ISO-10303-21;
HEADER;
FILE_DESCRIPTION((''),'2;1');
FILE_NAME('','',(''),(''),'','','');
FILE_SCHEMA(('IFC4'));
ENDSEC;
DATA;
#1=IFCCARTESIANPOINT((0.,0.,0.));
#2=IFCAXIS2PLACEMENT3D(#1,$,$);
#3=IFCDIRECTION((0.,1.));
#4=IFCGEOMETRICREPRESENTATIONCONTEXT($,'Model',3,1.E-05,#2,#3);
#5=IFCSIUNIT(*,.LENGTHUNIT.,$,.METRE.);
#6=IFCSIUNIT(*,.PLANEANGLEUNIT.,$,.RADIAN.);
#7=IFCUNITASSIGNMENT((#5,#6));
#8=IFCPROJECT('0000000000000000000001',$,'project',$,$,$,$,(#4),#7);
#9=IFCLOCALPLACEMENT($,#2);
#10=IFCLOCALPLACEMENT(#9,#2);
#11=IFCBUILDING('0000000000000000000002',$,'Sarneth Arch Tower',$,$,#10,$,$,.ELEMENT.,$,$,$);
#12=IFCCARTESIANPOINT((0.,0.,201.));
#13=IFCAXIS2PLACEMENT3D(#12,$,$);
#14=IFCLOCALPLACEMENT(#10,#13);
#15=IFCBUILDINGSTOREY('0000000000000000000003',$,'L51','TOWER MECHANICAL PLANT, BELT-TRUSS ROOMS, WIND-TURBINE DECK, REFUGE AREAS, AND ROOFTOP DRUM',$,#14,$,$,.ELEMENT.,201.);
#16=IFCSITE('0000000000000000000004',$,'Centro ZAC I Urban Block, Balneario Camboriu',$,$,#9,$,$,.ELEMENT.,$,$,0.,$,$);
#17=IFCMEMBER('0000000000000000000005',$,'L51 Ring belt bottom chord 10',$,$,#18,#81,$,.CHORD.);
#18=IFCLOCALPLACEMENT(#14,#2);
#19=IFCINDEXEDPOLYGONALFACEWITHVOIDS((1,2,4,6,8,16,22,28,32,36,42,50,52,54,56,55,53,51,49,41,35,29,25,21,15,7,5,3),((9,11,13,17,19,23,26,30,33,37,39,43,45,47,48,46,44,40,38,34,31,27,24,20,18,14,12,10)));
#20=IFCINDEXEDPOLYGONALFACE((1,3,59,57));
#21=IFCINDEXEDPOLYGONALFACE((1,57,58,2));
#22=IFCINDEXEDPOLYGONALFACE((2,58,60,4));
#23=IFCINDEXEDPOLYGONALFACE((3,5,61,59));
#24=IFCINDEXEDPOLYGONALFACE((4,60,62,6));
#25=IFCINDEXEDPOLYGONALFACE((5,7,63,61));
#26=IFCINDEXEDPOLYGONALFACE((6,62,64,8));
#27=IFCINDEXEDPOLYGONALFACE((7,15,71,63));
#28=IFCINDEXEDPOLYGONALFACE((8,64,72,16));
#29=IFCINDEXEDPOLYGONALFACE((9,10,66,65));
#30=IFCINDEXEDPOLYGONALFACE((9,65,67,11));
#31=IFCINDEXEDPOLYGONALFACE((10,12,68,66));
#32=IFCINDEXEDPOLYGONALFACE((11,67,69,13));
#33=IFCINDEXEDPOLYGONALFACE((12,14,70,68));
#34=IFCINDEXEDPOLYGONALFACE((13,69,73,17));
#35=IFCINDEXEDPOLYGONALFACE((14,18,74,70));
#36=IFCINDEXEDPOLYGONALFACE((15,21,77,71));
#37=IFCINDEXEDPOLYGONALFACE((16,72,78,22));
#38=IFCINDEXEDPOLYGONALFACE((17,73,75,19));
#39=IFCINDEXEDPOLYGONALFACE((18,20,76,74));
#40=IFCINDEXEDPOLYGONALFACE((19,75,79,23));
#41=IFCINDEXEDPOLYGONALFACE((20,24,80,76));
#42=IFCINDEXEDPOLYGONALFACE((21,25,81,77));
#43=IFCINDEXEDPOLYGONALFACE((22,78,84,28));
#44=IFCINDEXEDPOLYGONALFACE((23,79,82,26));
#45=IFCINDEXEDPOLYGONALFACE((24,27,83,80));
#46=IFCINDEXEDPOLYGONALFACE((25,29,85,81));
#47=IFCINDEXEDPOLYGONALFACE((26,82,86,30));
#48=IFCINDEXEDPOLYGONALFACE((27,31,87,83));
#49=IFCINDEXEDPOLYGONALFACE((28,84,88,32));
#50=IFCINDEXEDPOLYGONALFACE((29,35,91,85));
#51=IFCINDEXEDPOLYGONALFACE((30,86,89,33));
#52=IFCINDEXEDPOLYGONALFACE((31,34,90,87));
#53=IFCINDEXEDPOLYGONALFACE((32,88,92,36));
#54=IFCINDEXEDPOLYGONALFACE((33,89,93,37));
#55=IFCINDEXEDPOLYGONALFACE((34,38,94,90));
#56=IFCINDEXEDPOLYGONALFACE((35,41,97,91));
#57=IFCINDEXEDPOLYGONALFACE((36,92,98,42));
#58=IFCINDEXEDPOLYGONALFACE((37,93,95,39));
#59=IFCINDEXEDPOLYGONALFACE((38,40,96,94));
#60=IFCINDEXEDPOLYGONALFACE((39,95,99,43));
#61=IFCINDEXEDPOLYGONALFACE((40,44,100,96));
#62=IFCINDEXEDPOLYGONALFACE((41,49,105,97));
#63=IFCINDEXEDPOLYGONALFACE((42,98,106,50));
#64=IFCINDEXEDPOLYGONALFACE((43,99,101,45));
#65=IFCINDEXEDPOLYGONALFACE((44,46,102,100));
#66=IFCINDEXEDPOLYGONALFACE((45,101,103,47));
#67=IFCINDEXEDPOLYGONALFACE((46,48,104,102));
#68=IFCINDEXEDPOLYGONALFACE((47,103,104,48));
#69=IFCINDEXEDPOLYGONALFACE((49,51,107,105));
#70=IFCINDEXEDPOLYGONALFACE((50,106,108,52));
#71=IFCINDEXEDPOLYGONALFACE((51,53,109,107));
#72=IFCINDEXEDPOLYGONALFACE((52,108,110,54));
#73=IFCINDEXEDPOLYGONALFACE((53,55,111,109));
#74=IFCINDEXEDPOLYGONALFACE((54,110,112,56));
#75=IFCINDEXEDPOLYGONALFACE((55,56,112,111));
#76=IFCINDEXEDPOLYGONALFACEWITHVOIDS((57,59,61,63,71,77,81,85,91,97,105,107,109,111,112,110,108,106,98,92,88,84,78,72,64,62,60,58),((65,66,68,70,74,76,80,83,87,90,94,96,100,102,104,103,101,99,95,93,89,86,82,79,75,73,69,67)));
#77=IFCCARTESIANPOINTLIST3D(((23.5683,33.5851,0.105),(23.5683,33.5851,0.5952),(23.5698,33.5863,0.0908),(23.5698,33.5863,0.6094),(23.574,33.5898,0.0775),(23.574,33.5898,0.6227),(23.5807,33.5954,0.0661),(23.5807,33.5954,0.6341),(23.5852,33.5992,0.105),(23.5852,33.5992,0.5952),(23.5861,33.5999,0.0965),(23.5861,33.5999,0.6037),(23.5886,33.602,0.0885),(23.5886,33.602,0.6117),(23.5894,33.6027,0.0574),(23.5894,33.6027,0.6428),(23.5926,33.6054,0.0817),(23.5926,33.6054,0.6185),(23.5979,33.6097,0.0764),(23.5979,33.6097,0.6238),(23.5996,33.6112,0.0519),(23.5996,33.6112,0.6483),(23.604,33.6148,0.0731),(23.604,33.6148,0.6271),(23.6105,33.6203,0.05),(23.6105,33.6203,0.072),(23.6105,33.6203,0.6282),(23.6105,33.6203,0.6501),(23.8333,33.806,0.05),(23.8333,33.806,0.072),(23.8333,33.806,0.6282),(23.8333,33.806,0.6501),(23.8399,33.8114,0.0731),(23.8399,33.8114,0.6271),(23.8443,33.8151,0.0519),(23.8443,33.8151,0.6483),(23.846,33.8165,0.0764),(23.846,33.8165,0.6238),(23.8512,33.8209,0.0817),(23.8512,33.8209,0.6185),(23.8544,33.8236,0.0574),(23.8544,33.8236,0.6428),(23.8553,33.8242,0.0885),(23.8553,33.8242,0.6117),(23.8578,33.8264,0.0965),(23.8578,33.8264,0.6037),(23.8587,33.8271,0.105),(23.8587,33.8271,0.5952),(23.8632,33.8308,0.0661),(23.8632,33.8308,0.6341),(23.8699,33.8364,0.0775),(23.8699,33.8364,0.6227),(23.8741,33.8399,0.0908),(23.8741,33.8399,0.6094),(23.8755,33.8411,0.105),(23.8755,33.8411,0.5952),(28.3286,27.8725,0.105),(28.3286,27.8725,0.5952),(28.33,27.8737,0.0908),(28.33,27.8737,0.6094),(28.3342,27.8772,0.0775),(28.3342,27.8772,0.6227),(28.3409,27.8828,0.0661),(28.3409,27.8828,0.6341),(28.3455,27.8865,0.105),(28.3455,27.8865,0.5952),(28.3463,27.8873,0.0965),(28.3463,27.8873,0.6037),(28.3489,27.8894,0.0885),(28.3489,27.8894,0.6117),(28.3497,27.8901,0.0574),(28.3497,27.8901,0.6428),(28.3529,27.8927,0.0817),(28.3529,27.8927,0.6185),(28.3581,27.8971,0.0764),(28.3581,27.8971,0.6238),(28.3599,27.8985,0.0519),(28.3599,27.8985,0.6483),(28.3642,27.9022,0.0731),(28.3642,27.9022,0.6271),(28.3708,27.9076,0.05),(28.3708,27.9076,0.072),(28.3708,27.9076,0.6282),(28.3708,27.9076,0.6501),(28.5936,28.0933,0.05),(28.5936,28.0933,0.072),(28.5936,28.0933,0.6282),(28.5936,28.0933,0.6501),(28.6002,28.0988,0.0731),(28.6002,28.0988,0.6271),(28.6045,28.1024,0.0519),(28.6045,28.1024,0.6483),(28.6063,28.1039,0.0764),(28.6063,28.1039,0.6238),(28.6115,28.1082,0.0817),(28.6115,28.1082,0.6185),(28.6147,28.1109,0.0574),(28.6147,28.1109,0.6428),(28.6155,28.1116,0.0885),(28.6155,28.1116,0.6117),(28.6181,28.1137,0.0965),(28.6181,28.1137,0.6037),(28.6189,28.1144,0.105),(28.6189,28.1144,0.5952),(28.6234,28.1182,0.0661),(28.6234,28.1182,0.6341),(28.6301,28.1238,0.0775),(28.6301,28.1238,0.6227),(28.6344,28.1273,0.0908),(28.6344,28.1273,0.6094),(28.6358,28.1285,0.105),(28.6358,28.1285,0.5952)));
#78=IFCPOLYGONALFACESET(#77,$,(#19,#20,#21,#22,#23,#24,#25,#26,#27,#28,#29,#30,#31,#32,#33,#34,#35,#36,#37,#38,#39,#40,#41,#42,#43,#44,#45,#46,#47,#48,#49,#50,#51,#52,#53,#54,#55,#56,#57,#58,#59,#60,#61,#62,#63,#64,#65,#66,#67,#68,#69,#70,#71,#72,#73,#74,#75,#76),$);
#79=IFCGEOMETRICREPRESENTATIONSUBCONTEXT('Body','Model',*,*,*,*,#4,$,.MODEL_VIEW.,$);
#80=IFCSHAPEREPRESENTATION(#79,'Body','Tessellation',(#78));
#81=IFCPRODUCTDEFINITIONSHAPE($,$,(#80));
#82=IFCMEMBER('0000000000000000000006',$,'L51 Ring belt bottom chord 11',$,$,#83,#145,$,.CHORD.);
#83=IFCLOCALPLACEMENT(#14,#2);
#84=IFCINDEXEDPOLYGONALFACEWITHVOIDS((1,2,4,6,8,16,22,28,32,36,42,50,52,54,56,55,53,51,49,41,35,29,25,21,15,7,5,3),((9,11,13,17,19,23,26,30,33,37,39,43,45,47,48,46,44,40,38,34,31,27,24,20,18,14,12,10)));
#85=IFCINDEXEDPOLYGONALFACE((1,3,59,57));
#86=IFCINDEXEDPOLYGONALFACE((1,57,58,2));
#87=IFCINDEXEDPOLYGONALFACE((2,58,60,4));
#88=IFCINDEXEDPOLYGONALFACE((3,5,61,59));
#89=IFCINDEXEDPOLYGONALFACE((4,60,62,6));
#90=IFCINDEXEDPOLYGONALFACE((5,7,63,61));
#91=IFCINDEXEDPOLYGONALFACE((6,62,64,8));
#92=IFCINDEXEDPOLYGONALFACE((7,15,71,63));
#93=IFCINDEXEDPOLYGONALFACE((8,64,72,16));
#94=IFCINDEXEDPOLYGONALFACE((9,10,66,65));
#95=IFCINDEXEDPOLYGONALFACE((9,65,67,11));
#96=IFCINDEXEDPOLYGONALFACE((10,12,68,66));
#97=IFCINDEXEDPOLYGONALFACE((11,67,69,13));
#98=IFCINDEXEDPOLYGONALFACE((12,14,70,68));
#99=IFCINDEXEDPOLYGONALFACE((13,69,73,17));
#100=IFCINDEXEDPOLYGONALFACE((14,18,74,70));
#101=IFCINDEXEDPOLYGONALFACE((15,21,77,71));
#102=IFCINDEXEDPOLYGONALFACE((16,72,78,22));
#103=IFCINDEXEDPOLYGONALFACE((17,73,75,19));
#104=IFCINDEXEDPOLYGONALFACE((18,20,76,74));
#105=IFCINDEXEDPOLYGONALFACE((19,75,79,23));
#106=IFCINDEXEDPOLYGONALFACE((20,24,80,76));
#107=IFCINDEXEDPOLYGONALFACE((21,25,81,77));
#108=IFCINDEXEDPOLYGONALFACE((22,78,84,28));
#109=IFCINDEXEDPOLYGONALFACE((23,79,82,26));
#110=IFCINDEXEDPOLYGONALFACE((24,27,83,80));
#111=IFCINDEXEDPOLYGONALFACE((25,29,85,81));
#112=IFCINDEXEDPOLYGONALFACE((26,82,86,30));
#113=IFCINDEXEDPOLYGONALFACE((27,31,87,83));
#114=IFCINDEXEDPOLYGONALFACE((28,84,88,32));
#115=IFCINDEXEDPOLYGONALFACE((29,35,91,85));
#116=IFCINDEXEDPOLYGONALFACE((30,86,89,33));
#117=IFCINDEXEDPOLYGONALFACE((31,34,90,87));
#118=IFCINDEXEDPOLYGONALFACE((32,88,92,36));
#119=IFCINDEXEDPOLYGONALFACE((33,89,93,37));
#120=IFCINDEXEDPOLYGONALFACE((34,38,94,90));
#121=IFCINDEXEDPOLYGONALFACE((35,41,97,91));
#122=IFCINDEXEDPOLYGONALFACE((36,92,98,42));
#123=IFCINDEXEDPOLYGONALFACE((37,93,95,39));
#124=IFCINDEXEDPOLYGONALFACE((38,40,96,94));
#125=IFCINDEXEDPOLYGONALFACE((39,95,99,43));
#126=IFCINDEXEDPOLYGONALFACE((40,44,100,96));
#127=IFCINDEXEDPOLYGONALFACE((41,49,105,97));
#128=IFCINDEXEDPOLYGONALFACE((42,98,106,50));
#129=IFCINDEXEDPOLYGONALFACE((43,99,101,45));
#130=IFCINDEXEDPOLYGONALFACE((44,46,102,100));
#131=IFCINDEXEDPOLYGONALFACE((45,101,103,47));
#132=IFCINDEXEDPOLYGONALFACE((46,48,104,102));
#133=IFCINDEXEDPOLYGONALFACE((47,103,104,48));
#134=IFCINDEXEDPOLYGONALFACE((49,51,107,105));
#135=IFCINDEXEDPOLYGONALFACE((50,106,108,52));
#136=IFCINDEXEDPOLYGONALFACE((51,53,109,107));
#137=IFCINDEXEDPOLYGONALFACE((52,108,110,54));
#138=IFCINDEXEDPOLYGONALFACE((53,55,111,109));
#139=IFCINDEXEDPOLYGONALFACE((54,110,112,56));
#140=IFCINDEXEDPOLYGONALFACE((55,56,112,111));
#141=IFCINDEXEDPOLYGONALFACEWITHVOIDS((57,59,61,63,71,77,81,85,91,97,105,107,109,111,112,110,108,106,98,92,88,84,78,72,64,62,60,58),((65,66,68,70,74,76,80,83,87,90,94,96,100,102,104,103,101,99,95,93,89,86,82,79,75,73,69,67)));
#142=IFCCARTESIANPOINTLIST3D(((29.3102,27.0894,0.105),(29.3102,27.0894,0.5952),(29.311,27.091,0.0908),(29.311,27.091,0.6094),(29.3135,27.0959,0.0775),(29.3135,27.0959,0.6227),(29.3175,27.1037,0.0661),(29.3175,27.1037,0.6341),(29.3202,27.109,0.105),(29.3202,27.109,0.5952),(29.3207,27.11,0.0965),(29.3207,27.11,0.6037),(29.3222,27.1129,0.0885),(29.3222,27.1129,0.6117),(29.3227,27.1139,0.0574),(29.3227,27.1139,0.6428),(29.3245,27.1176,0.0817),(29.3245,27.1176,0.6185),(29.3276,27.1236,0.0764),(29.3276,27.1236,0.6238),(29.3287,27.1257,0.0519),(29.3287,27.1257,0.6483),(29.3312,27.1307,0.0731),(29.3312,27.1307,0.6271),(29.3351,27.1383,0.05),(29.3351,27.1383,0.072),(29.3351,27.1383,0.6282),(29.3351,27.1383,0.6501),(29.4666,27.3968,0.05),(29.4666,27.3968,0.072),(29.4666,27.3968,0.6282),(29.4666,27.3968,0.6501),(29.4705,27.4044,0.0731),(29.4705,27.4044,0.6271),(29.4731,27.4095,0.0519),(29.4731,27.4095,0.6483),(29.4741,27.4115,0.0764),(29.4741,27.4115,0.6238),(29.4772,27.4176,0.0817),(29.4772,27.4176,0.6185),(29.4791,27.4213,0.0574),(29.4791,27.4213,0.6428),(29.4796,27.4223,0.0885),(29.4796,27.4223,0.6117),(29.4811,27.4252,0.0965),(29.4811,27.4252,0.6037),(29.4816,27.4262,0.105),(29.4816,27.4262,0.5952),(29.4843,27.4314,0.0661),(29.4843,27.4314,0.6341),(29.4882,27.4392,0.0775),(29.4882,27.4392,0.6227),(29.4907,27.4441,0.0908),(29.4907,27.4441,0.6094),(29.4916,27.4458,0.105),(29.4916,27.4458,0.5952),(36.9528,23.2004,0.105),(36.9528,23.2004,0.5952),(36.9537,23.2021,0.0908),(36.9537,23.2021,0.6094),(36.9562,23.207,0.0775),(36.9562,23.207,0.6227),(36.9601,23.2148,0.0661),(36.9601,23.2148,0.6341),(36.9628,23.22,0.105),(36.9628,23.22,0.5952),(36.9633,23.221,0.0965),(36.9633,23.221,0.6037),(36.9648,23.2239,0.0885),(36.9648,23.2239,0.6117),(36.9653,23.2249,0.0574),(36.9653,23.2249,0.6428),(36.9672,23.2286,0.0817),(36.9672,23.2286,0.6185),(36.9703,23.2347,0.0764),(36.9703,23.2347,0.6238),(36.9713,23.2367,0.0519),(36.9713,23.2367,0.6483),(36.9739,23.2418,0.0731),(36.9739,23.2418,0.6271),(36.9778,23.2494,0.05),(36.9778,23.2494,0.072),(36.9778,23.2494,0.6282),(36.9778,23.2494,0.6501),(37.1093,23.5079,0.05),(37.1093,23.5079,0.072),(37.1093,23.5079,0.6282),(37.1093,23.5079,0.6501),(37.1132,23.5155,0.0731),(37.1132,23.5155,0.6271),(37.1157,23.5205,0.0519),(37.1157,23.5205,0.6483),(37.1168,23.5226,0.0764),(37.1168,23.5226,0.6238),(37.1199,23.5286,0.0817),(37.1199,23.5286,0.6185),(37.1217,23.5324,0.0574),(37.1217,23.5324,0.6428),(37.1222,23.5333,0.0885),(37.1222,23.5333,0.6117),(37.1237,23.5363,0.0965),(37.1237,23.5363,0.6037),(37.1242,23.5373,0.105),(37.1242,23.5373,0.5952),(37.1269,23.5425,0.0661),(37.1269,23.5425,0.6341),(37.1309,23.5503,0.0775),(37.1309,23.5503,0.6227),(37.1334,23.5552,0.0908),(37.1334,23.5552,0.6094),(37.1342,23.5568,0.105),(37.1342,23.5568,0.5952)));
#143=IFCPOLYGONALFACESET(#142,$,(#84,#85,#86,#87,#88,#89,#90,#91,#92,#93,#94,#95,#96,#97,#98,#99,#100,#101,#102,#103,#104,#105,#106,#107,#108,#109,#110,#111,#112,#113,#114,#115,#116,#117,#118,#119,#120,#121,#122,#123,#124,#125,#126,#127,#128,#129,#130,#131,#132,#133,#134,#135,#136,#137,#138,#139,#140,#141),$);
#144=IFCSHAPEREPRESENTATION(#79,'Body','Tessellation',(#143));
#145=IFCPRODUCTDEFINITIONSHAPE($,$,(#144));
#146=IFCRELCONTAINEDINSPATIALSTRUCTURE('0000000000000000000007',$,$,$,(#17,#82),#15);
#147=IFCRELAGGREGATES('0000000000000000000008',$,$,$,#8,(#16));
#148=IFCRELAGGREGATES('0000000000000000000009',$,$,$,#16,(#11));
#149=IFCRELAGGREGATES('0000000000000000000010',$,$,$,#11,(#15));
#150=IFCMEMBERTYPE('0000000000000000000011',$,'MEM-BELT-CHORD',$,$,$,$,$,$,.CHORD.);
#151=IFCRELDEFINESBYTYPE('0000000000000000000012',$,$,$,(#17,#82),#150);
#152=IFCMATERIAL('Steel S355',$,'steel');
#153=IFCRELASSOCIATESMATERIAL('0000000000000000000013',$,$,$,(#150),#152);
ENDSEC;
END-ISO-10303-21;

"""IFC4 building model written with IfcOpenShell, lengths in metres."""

from ifc_helpers import new_model, si_unit, direction, frame, origin, origin_2d, place, context, subcontext, project, spatial, hollow_rectangle, extrude, material, material_profile, profile_set, type_object, element, save


model = new_model("IFC4")

# Units and contexts
model_context = context("Model", 3, precision=1e-05, world=origin(), true_north=direction((0.0, 1.0)))
body_context = subcontext(model_context, "Body", "Model", "MODEL_VIEW")
ifc_project = project(units=[si_unit("LENGTHUNIT", "METRE"), si_unit("PLANEANGLEUNIT", "RADIAN")], contexts=[model_context])

# Site, building, storey
site_placement = place(None, origin())
site = spatial("IfcSite", under=ifc_project, at=site_placement, Name="Centro ZAC I Urban Block, Balneario Camboriu", CompositionType="ELEMENT", RefElevation=0.0)
building_placement = place(site_placement, origin())
building = spatial("IfcBuilding", under=site, at=building_placement, Name="Sarneth Arch Tower", CompositionType="ELEMENT")
storey_placement = place(building_placement, frame((0.0, 0.0, 201.0)))
storey = spatial("IfcBuildingStorey", under=building, at=storey_placement, Name="L51", Description="TOWER MECHANICAL PLANT, BELT-TRUSS ROOMS, WIND-TURBINE DECK, REFUGE AREAS, AND ROOFTOP DRUM", CompositionType="ELEMENT", Elevation=201.0)

# Members
ifc_material_1 = material(Name="Steel S355", Category="steel")
ifc_material_profile_1 = material_profile(ifc_material_1, hollow_rectangle(XDim=0.3999, YDim=0.6001, WallThickness=0.022, InnerFilletRadius=0.033, OuterFilletRadius=0.0549, at=origin_2d()), Name="RHS600x400x22")
ifc_profile_set_1 = profile_set([ifc_material_profile_1], Name="Steel S355")
member_type_1 = type_object("IfcMemberType", Name="MEM-BELT-CHORD", PredefinedType="CHORD", material=ifc_profile_set_1)
member_1_placement = place(storey_placement, frame((23.7219, 33.7131, 0.3501), z_axis=(0.640162, -0.76824, 0.0), x_axis=(0.76824, 0.640162, 0.0)))
element("IfcMember", 1, at=member_1_placement, inside=storey, type_object=member_type_1, Name="L51 Ring belt bottom chord 10", PredefinedType="CHORD", context=body_context, shape_type="SweptSolid", body=[
    extrude(hollow_rectangle(XDim=0.3999, YDim=0.6001, WallThickness=0.022, InnerFilletRadius=0.033, OuterFilletRadius=0.0549, at=origin_2d()), origin(), (0.0, 0.0, 1.0), 7.436),
])
member_2_placement = place(storey_placement, frame((29.4009, 27.2676, 0.3501), z_axis=(0.89125, -0.453512, 0.0), x_axis=(0.453512, 0.89125, 0.0)))
element("IfcMember", 2, at=member_2_placement, inside=storey, type_object=member_type_1, Name="L51 Ring belt bottom chord 11", PredefinedType="CHORD", context=body_context, shape_type="SweptSolid", body=[
    extrude(hollow_rectangle(XDim=0.3999, YDim=0.6001, WallThickness=0.022, InnerFilletRadius=0.033, OuterFilletRadius=0.0549, at=origin_2d()), origin(), (0.0, 0.0, 1.0), 8.5752),
])

save(model, "model.ifc")
